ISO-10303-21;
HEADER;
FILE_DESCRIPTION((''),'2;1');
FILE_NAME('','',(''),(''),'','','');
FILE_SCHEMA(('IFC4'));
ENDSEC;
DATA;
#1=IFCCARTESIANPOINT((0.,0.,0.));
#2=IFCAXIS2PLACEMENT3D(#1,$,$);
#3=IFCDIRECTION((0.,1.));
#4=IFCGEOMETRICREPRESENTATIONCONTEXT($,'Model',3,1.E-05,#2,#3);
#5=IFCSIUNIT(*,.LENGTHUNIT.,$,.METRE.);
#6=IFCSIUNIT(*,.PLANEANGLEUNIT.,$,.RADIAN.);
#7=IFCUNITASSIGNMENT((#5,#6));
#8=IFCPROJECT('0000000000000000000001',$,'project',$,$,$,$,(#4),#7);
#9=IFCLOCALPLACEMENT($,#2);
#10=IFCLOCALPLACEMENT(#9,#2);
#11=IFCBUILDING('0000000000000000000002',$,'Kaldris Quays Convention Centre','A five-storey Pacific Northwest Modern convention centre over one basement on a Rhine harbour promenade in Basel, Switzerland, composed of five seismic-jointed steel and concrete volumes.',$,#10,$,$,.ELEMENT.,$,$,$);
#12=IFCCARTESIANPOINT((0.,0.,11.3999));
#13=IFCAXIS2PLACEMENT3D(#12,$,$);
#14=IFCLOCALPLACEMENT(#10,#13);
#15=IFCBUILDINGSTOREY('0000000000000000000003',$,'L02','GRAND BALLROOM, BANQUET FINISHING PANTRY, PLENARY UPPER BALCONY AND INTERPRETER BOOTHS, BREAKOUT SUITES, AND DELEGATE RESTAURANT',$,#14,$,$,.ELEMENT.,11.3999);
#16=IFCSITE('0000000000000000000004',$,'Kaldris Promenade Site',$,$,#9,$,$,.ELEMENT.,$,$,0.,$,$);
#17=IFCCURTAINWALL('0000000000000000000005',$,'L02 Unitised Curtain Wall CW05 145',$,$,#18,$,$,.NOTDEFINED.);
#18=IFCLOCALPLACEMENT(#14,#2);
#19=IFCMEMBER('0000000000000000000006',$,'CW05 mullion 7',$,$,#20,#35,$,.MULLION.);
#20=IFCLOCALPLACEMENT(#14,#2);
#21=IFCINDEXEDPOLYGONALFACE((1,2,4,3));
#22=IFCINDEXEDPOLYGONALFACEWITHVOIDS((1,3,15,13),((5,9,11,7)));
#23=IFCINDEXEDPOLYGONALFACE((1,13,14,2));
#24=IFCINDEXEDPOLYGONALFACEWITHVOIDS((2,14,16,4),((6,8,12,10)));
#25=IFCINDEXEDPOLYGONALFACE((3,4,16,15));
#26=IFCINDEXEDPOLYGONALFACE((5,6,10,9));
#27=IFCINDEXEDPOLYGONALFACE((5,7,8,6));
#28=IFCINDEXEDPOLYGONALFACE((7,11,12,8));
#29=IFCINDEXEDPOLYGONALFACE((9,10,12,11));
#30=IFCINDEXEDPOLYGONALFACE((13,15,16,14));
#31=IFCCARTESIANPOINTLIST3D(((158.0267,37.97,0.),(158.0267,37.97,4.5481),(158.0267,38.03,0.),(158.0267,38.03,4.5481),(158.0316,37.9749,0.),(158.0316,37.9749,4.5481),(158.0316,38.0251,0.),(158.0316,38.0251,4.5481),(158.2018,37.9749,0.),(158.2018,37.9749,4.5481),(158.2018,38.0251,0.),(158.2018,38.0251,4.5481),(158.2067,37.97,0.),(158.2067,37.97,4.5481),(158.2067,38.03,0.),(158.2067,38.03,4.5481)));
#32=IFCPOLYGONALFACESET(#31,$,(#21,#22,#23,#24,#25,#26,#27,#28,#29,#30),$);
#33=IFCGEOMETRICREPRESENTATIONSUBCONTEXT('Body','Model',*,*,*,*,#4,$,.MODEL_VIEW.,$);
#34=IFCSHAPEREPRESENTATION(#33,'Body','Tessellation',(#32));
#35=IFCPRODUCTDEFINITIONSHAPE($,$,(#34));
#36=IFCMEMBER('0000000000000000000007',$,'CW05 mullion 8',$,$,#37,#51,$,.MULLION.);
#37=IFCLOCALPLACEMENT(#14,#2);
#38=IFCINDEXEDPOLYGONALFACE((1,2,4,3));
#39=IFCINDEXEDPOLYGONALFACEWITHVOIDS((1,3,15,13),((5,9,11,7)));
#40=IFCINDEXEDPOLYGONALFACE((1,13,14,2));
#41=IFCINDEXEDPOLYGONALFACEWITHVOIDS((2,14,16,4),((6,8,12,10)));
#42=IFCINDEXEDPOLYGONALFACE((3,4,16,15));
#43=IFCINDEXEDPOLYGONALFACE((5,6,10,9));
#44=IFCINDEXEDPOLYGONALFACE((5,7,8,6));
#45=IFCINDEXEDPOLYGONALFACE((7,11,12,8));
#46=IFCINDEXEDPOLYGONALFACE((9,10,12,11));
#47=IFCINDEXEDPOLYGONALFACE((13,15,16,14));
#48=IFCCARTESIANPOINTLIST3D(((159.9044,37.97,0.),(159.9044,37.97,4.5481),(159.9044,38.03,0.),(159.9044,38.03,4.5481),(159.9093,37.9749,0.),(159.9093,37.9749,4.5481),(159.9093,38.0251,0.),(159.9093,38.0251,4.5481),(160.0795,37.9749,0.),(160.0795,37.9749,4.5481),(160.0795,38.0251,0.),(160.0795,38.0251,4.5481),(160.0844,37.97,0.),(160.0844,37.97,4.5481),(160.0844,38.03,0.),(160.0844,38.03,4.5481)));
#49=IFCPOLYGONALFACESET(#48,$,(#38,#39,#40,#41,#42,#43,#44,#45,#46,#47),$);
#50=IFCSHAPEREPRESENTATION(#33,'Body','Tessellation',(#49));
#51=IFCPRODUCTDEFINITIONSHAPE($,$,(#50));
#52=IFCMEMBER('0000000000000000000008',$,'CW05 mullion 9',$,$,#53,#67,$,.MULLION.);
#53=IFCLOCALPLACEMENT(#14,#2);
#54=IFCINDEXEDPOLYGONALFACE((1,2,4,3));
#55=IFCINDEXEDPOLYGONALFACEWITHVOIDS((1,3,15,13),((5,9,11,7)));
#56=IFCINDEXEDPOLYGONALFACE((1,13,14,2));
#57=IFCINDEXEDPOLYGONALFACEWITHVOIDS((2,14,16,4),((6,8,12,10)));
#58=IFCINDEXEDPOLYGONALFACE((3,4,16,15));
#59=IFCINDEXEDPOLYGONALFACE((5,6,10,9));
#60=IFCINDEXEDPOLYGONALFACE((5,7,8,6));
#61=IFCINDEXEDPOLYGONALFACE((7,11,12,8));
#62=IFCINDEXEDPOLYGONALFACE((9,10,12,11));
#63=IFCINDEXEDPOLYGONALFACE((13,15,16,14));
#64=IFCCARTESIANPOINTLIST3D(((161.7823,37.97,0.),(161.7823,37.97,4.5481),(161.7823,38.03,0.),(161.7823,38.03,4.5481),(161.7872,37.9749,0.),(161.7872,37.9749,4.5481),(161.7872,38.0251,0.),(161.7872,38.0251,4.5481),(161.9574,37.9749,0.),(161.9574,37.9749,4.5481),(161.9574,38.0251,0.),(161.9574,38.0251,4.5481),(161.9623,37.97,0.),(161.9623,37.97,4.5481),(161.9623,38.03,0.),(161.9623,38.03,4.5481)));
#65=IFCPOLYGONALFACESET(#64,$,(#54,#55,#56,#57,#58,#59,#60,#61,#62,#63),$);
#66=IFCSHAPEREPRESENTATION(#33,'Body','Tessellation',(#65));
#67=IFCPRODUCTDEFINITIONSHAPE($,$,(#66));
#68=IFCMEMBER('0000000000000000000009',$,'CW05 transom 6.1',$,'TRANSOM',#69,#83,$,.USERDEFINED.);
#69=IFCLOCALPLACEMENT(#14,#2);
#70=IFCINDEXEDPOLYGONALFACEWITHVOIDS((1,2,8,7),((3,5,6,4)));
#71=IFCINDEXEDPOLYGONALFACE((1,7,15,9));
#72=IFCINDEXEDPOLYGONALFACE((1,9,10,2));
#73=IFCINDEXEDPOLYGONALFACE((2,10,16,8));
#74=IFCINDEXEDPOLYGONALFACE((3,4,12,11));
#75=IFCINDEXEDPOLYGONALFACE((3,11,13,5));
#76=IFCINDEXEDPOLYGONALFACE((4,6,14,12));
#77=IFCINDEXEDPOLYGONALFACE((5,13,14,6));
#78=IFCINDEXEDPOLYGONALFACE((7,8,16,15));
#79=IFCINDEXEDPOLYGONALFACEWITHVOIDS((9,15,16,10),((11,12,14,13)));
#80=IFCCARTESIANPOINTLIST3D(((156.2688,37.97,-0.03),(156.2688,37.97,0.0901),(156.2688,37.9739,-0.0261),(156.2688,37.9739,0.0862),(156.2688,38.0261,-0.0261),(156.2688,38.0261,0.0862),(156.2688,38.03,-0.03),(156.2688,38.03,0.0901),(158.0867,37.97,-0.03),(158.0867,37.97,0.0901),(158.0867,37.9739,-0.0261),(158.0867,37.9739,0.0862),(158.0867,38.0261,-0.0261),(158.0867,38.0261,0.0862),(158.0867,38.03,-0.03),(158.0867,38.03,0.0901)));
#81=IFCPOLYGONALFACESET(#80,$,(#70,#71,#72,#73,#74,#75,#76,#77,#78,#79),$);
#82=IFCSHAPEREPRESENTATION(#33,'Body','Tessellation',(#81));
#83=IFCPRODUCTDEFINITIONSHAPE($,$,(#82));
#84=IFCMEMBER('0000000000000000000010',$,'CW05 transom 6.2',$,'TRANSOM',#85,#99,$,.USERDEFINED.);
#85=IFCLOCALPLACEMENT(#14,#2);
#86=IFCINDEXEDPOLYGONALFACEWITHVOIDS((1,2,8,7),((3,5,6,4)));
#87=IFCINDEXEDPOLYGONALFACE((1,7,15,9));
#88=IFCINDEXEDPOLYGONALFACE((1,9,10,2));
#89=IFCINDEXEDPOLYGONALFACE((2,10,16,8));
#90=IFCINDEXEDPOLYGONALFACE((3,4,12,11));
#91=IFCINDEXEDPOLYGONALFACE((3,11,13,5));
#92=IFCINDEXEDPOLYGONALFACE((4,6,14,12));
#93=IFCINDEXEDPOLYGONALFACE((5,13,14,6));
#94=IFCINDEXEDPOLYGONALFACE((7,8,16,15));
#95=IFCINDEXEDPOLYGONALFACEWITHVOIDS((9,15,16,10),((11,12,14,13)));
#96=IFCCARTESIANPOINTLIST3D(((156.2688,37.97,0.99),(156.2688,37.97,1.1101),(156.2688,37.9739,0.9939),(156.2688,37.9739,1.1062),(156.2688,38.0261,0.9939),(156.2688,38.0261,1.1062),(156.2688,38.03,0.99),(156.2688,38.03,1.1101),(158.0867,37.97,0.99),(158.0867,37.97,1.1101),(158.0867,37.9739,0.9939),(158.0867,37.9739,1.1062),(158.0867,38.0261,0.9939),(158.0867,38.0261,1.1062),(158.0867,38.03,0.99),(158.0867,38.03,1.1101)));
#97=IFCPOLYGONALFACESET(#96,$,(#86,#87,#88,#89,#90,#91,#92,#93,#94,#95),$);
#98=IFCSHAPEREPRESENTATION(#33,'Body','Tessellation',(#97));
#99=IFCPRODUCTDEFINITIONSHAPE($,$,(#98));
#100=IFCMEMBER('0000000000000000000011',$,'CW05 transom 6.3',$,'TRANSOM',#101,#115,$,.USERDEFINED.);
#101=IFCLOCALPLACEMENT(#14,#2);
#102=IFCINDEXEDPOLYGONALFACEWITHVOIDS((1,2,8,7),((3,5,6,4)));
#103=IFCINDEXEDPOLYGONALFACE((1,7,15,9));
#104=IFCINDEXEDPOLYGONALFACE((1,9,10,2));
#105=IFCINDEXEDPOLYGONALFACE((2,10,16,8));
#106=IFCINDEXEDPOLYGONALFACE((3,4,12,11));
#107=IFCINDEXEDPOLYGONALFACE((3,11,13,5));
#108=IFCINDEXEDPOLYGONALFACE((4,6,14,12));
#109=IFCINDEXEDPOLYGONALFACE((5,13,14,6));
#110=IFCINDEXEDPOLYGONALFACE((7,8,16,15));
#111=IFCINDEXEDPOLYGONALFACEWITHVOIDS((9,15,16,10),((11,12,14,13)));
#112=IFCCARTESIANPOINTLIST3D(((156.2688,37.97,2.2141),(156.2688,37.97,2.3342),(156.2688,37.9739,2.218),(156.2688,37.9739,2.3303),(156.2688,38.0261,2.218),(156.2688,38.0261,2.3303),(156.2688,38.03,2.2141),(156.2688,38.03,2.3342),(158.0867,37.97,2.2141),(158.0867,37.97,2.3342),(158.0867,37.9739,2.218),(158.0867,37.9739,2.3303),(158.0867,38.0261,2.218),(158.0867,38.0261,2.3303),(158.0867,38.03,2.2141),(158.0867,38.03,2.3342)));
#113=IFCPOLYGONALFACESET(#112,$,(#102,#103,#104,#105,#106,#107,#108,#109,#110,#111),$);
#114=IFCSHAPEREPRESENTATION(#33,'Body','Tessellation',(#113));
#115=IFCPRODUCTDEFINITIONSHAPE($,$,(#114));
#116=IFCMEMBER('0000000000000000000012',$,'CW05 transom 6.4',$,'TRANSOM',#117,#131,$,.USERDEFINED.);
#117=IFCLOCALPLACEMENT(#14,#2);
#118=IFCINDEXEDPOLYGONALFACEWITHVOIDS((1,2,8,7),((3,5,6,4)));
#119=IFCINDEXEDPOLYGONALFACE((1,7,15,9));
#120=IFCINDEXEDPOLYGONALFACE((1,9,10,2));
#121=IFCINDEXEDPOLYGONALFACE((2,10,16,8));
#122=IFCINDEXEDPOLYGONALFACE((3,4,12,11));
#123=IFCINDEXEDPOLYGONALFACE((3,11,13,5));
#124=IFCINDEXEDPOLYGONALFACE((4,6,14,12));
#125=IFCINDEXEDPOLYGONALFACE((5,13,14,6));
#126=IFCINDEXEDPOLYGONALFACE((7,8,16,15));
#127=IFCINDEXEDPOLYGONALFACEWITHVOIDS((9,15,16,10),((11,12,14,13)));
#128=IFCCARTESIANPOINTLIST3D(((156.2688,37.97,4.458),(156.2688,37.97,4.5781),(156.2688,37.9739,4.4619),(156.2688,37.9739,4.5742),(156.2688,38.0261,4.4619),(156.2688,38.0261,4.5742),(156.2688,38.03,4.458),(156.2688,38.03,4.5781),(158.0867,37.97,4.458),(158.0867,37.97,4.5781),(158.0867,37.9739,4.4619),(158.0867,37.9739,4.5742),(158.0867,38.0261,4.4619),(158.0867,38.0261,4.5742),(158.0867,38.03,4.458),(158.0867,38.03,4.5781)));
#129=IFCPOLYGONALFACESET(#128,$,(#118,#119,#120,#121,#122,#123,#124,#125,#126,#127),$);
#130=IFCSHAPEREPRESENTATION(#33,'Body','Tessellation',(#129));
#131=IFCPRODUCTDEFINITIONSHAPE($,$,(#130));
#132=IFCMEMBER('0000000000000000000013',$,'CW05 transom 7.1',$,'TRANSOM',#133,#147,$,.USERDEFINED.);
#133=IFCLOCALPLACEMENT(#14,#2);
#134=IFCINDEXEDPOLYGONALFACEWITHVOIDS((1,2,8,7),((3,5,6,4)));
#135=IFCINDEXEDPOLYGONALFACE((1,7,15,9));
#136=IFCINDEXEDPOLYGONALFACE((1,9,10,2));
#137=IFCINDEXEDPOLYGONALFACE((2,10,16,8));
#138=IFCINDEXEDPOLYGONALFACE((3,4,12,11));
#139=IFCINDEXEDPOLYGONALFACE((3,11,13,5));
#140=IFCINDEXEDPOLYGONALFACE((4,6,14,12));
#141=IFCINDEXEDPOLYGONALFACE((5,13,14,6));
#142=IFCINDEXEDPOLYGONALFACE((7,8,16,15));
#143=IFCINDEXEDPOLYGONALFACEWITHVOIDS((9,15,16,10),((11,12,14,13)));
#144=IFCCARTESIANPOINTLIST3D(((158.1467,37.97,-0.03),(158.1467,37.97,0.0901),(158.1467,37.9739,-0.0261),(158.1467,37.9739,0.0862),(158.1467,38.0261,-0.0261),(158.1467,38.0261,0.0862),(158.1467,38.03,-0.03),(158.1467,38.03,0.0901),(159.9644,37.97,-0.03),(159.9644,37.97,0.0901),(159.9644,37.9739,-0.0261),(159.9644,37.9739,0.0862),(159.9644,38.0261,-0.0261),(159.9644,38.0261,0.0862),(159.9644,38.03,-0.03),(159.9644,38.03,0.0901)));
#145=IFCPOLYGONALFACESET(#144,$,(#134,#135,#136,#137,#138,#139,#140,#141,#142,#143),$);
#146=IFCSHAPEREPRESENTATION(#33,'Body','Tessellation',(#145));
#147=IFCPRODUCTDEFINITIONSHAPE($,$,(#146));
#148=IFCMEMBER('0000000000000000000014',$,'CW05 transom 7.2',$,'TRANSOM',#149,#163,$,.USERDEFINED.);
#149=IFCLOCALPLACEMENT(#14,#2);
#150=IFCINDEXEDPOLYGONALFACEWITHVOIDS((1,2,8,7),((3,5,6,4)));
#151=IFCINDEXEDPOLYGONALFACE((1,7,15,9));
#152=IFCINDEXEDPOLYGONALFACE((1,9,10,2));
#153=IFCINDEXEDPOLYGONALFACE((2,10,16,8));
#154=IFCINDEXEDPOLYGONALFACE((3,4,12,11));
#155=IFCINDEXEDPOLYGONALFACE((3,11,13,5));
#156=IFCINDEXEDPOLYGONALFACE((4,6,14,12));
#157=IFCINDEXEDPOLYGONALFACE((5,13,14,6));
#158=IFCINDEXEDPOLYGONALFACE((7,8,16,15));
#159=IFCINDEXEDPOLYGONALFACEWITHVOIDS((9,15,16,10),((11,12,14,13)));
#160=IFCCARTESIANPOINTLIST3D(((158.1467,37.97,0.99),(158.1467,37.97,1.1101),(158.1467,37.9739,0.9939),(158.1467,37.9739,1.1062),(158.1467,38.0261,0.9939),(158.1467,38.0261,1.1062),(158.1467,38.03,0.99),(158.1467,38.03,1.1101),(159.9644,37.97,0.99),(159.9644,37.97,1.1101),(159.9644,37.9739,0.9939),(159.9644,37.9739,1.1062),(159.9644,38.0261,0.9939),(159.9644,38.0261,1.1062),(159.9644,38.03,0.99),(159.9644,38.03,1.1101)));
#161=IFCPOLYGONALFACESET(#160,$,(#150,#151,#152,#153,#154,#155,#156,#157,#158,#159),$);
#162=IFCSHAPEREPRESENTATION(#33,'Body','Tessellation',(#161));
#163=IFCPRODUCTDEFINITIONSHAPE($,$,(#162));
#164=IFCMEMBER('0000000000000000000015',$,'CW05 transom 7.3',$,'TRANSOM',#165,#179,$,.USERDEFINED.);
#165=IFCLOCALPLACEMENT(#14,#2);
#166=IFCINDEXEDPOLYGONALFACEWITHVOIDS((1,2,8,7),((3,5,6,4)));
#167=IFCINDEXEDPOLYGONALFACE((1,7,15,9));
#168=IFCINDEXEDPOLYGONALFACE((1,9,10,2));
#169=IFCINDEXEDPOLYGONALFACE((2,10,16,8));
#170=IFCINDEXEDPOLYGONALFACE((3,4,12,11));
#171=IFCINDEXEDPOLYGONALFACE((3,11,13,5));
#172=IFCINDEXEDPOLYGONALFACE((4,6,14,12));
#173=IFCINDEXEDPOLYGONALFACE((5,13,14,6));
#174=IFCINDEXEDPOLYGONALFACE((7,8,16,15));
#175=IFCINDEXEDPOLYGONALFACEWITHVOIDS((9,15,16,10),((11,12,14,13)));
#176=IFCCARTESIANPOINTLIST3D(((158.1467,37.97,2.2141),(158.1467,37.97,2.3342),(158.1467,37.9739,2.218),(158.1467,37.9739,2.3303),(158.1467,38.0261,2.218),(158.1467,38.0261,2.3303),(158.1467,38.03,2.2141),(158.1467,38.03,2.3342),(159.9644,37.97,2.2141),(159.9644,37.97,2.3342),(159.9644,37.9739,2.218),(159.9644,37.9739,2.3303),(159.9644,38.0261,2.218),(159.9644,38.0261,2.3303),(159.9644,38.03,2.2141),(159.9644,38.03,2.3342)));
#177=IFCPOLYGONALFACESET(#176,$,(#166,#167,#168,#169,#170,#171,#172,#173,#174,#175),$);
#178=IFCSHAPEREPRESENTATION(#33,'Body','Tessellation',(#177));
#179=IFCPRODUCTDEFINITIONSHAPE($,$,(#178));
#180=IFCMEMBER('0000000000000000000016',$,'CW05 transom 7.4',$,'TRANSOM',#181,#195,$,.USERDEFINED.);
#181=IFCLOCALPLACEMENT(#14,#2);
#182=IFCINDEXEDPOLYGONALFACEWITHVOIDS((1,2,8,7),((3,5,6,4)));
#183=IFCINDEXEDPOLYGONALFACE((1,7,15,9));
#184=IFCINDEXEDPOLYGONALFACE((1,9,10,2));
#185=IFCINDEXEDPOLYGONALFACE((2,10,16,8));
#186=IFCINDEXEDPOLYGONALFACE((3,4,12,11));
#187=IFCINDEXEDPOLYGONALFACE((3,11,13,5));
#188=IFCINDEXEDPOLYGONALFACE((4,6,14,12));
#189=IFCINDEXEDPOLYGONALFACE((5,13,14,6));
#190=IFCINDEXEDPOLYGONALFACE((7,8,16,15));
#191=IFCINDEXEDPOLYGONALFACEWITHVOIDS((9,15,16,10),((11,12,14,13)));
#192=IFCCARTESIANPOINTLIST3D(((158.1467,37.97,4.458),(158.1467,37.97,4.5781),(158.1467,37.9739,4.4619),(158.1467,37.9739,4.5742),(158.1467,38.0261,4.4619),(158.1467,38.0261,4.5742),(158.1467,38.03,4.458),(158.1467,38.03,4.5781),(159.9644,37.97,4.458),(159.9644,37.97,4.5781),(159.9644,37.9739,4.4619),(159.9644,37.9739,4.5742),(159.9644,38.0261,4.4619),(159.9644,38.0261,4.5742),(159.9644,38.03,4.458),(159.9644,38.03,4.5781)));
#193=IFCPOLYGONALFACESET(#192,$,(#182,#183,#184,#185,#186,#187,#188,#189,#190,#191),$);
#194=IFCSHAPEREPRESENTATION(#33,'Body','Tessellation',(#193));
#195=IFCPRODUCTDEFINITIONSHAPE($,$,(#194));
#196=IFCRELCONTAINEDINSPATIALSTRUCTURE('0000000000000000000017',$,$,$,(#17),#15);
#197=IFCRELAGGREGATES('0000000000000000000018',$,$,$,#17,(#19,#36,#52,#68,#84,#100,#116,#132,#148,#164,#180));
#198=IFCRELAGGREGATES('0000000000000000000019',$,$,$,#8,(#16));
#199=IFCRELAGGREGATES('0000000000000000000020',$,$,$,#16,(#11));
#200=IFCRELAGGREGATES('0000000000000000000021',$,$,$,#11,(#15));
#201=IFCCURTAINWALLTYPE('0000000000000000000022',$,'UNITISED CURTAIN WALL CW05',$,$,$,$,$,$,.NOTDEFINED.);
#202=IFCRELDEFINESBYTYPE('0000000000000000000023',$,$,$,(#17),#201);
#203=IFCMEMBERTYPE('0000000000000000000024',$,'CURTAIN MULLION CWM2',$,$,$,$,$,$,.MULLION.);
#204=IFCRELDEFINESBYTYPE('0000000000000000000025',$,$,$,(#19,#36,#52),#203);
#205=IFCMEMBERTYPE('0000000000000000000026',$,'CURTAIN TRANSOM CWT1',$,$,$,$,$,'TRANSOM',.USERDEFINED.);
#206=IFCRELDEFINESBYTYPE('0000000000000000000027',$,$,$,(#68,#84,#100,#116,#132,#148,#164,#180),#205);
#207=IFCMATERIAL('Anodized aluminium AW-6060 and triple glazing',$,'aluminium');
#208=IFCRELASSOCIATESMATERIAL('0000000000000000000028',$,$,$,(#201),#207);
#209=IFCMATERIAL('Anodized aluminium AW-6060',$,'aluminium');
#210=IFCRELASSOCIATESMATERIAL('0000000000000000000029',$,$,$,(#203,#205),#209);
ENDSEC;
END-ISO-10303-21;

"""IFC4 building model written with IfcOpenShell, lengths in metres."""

from ifc_helpers import new_model, si_unit, direction, frame, origin, origin_2d, place, context, subcontext, project, spatial, hollow_rectangle, extrude, material, material_profile, profile_set, type_object, element, aggregate, save


model = new_model("IFC4")

# Units and contexts
model_context = context("Model", 3, precision=1e-05, world=origin(), true_north=direction((0.0, 1.0)))
body_context = subcontext(model_context, "Body", "Model", "MODEL_VIEW")
ifc_project = project(units=[si_unit("LENGTHUNIT", "METRE"), si_unit("PLANEANGLEUNIT", "RADIAN")], contexts=[model_context])

# Site, building, storey
site_placement = place(None, origin())
site = spatial("IfcSite", under=ifc_project, at=site_placement, Name="Kaldris Promenade Site", CompositionType="ELEMENT", RefElevation=0.0)
building_placement = place(site_placement, origin())
building = spatial("IfcBuilding", under=site, at=building_placement, Name="Kaldris Quays Convention Centre", Description="A five-storey Pacific Northwest Modern convention centre over one basement on a Rhine harbour promenade in Basel, Switzerland, composed of five seismic-jointed steel and concrete volumes.", CompositionType="ELEMENT")
storey_placement = place(building_placement, frame((0.0, 0.0, 11.3999)))
storey = spatial("IfcBuildingStorey", under=building, at=storey_placement, Name="L02", Description="GRAND BALLROOM, BANQUET FINISHING PANTRY, PLENARY UPPER BALCONY AND INTERPRETER BOOTHS, BREAKOUT SUITES, AND DELEGATE RESTAURANT", CompositionType="ELEMENT", Elevation=11.3999)

# Curtain wall, members
ifc_material_1 = material(Name="Anodized aluminium AW-6060 and triple glazing", Category="aluminium")
curtain_wall_type = type_object("IfcCurtainWallType", Name="UNITISED CURTAIN WALL CW05", PredefinedType="NOTDEFINED", material=ifc_material_1)
curtain_wall_placement = place(storey_placement, origin())
curtain_wall = element("IfcCurtainWall", 1, at=curtain_wall_placement, inside=storey, type_object=curtain_wall_type, Name="L02 Unitised Curtain Wall CW05 145", PredefinedType="NOTDEFINED")
ifc_material_2 = material(Name="Anodized aluminium AW-6060", Category="aluminium")
ifc_material_profile_1 = material_profile(ifc_material_2, hollow_rectangle(XDim=0.0601, YDim=0.1799, WallThickness=0.0049, at=origin_2d()), Name="RHS 180x60x5")
ifc_profile_set_1 = profile_set([ifc_material_profile_1], Name="Anodized aluminium AW-6060")
member_type_1 = type_object("IfcMemberType", Name="CURTAIN MULLION CWM2", PredefinedType="MULLION", material=ifc_profile_set_1)
member_1_placement = place(storey_placement, frame((158.1167, 38.0, 0.0), z_axis=(0.0, 0.0, 1.0), x_axis=(0.0, 1.0, 0.0)))
member_1 = element("IfcMember", 2, at=member_1_placement, type_object=member_type_1, Name="CW05 mullion 7", PredefinedType="MULLION", context=body_context, shape_type="SweptSolid", body=[
    extrude(hollow_rectangle(XDim=0.0601, YDim=0.1799, WallThickness=0.0049, at=origin_2d()), origin(), (0.0, 0.0, 1.0), 4.5481),
])
member_2_placement = place(storey_placement, frame((159.9944, 38.0, 0.0), z_axis=(0.0, 0.0, 1.0), x_axis=(0.0, 1.0, 0.0)))
member_2 = element("IfcMember", 3, at=member_2_placement, type_object=member_type_1, Name="CW05 mullion 8", PredefinedType="MULLION", context=body_context, shape_type="SweptSolid", body=[
    extrude(hollow_rectangle(XDim=0.0601, YDim=0.1799, WallThickness=0.0049, at=origin_2d()), origin(), (0.0, 0.0, 1.0), 4.5481),
])
member_3_placement = place(storey_placement, frame((161.8723, 38.0, 0.0), z_axis=(0.0, 0.0, 1.0), x_axis=(0.0, 1.0, 0.0)))
member_3 = element("IfcMember", 4, at=member_3_placement, type_object=member_type_1, Name="CW05 mullion 9", PredefinedType="MULLION", context=body_context, shape_type="SweptSolid", body=[
    extrude(hollow_rectangle(XDim=0.0601, YDim=0.1799, WallThickness=0.0049, at=origin_2d()), origin(), (0.0, 0.0, 1.0), 4.5481),
])
ifc_material_profile_2 = material_profile(ifc_material_2, hollow_rectangle(XDim=0.0601, YDim=0.1201, WallThickness=0.0039, at=origin_2d()), Name="RHS 120x60x4")
ifc_profile_set_2 = profile_set([ifc_material_profile_2], Name="Anodized aluminium AW-6060")
member_type_2 = type_object("IfcMemberType", Name="CURTAIN TRANSOM CWT1", ElementType="TRANSOM", PredefinedType="USERDEFINED", material=ifc_profile_set_2)
member_4_placement = place(storey_placement, frame((156.2688, 38.0, 0.03), z_axis=(1.0, 0.0, 0.0), x_axis=(0.0, 1.0, 0.0)))
member_4 = element("IfcMember", 5, at=member_4_placement, type_object=member_type_2, Name="CW05 transom 6.1", ObjectType="TRANSOM", PredefinedType="USERDEFINED", context=body_context, shape_type="SweptSolid", body=[
    extrude(hollow_rectangle(XDim=0.0601, YDim=0.1201, WallThickness=0.0039, at=origin_2d()), origin(), (0.0, 0.0, 1.0), 1.8179),
])
member_5_placement = place(storey_placement, frame((156.2688, 38.0, 1.05), z_axis=(1.0, 0.0, 0.0), x_axis=(0.0, 1.0, 0.0)))
member_5 = element("IfcMember", 6, at=member_5_placement, type_object=member_type_2, Name="CW05 transom 6.2", ObjectType="TRANSOM", PredefinedType="USERDEFINED", context=body_context, shape_type="SweptSolid", body=[
    extrude(hollow_rectangle(XDim=0.0601, YDim=0.1201, WallThickness=0.0039, at=origin_2d()), origin(), (0.0, 0.0, 1.0), 1.8179),
])
member_6_placement = place(storey_placement, frame((156.2688, 38.0, 2.2742), z_axis=(1.0, 0.0, 0.0), x_axis=(0.0, 1.0, 0.0)))
member_6 = element("IfcMember", 7, at=member_6_placement, type_object=member_type_2, Name="CW05 transom 6.3", ObjectType="TRANSOM", PredefinedType="USERDEFINED", context=body_context, shape_type="SweptSolid", body=[
    extrude(hollow_rectangle(XDim=0.0601, YDim=0.1201, WallThickness=0.0039, at=origin_2d()), origin(), (0.0, 0.0, 1.0), 1.8179),
])
member_7_placement = place(storey_placement, frame((156.2688, 38.0, 4.5181), z_axis=(1.0, 0.0, 0.0), x_axis=(0.0, 1.0, 0.0)))
member_7 = element("IfcMember", 8, at=member_7_placement, type_object=member_type_2, Name="CW05 transom 6.4", ObjectType="TRANSOM", PredefinedType="USERDEFINED", context=body_context, shape_type="SweptSolid", body=[
    extrude(hollow_rectangle(XDim=0.0601, YDim=0.1201, WallThickness=0.0039, at=origin_2d()), origin(), (0.0, 0.0, 1.0), 1.8179),
])
member_8_placement = place(storey_placement, frame((158.1467, 38.0, 0.03), z_axis=(1.0, 0.0, 0.0), x_axis=(0.0, 1.0, 0.0)))
member_8 = element("IfcMember", 9, at=member_8_placement, type_object=member_type_2, Name="CW05 transom 7.1", ObjectType="TRANSOM", PredefinedType="USERDEFINED", context=body_context, shape_type="SweptSolid", body=[
    extrude(hollow_rectangle(XDim=0.0601, YDim=0.1201, WallThickness=0.0039, at=origin_2d()), origin(), (0.0, 0.0, 1.0), 1.8176),
])
member_9_placement = place(storey_placement, frame((158.1467, 38.0, 1.05), z_axis=(1.0, 0.0, 0.0), x_axis=(0.0, 1.0, 0.0)))
member_9 = element("IfcMember", 10, at=member_9_placement, type_object=member_type_2, Name="CW05 transom 7.2", ObjectType="TRANSOM", PredefinedType="USERDEFINED", context=body_context, shape_type="SweptSolid", body=[
    extrude(hollow_rectangle(XDim=0.0601, YDim=0.1201, WallThickness=0.0039, at=origin_2d()), origin(), (0.0, 0.0, 1.0), 1.8176),
])
member_10_placement = place(storey_placement, frame((158.1467, 38.0, 2.2742), z_axis=(1.0, 0.0, 0.0), x_axis=(0.0, 1.0, 0.0)))
member_10 = element("IfcMember", 11, at=member_10_placement, type_object=member_type_2, Name="CW05 transom 7.3", ObjectType="TRANSOM", PredefinedType="USERDEFINED", context=body_context, shape_type="SweptSolid", body=[
    extrude(hollow_rectangle(XDim=0.0601, YDim=0.1201, WallThickness=0.0039, at=origin_2d()), origin(), (0.0, 0.0, 1.0), 1.8176),
])
member_11_placement = place(storey_placement, frame((158.1467, 38.0, 4.5181), z_axis=(1.0, 0.0, 0.0), x_axis=(0.0, 1.0, 0.0)))
member_11 = element("IfcMember", 12, at=member_11_placement, type_object=member_type_2, Name="CW05 transom 7.4", ObjectType="TRANSOM", PredefinedType="USERDEFINED", context=body_context, shape_type="SweptSolid", body=[
    extrude(hollow_rectangle(XDim=0.0601, YDim=0.1201, WallThickness=0.0039, at=origin_2d()), origin(), (0.0, 0.0, 1.0), 1.8176),
])

aggregate(curtain_wall, [member_1, member_2, member_3, member_4, member_5, member_6, member_7, member_8, member_9, member_10, member_11])

save(model, "model.ifc")
